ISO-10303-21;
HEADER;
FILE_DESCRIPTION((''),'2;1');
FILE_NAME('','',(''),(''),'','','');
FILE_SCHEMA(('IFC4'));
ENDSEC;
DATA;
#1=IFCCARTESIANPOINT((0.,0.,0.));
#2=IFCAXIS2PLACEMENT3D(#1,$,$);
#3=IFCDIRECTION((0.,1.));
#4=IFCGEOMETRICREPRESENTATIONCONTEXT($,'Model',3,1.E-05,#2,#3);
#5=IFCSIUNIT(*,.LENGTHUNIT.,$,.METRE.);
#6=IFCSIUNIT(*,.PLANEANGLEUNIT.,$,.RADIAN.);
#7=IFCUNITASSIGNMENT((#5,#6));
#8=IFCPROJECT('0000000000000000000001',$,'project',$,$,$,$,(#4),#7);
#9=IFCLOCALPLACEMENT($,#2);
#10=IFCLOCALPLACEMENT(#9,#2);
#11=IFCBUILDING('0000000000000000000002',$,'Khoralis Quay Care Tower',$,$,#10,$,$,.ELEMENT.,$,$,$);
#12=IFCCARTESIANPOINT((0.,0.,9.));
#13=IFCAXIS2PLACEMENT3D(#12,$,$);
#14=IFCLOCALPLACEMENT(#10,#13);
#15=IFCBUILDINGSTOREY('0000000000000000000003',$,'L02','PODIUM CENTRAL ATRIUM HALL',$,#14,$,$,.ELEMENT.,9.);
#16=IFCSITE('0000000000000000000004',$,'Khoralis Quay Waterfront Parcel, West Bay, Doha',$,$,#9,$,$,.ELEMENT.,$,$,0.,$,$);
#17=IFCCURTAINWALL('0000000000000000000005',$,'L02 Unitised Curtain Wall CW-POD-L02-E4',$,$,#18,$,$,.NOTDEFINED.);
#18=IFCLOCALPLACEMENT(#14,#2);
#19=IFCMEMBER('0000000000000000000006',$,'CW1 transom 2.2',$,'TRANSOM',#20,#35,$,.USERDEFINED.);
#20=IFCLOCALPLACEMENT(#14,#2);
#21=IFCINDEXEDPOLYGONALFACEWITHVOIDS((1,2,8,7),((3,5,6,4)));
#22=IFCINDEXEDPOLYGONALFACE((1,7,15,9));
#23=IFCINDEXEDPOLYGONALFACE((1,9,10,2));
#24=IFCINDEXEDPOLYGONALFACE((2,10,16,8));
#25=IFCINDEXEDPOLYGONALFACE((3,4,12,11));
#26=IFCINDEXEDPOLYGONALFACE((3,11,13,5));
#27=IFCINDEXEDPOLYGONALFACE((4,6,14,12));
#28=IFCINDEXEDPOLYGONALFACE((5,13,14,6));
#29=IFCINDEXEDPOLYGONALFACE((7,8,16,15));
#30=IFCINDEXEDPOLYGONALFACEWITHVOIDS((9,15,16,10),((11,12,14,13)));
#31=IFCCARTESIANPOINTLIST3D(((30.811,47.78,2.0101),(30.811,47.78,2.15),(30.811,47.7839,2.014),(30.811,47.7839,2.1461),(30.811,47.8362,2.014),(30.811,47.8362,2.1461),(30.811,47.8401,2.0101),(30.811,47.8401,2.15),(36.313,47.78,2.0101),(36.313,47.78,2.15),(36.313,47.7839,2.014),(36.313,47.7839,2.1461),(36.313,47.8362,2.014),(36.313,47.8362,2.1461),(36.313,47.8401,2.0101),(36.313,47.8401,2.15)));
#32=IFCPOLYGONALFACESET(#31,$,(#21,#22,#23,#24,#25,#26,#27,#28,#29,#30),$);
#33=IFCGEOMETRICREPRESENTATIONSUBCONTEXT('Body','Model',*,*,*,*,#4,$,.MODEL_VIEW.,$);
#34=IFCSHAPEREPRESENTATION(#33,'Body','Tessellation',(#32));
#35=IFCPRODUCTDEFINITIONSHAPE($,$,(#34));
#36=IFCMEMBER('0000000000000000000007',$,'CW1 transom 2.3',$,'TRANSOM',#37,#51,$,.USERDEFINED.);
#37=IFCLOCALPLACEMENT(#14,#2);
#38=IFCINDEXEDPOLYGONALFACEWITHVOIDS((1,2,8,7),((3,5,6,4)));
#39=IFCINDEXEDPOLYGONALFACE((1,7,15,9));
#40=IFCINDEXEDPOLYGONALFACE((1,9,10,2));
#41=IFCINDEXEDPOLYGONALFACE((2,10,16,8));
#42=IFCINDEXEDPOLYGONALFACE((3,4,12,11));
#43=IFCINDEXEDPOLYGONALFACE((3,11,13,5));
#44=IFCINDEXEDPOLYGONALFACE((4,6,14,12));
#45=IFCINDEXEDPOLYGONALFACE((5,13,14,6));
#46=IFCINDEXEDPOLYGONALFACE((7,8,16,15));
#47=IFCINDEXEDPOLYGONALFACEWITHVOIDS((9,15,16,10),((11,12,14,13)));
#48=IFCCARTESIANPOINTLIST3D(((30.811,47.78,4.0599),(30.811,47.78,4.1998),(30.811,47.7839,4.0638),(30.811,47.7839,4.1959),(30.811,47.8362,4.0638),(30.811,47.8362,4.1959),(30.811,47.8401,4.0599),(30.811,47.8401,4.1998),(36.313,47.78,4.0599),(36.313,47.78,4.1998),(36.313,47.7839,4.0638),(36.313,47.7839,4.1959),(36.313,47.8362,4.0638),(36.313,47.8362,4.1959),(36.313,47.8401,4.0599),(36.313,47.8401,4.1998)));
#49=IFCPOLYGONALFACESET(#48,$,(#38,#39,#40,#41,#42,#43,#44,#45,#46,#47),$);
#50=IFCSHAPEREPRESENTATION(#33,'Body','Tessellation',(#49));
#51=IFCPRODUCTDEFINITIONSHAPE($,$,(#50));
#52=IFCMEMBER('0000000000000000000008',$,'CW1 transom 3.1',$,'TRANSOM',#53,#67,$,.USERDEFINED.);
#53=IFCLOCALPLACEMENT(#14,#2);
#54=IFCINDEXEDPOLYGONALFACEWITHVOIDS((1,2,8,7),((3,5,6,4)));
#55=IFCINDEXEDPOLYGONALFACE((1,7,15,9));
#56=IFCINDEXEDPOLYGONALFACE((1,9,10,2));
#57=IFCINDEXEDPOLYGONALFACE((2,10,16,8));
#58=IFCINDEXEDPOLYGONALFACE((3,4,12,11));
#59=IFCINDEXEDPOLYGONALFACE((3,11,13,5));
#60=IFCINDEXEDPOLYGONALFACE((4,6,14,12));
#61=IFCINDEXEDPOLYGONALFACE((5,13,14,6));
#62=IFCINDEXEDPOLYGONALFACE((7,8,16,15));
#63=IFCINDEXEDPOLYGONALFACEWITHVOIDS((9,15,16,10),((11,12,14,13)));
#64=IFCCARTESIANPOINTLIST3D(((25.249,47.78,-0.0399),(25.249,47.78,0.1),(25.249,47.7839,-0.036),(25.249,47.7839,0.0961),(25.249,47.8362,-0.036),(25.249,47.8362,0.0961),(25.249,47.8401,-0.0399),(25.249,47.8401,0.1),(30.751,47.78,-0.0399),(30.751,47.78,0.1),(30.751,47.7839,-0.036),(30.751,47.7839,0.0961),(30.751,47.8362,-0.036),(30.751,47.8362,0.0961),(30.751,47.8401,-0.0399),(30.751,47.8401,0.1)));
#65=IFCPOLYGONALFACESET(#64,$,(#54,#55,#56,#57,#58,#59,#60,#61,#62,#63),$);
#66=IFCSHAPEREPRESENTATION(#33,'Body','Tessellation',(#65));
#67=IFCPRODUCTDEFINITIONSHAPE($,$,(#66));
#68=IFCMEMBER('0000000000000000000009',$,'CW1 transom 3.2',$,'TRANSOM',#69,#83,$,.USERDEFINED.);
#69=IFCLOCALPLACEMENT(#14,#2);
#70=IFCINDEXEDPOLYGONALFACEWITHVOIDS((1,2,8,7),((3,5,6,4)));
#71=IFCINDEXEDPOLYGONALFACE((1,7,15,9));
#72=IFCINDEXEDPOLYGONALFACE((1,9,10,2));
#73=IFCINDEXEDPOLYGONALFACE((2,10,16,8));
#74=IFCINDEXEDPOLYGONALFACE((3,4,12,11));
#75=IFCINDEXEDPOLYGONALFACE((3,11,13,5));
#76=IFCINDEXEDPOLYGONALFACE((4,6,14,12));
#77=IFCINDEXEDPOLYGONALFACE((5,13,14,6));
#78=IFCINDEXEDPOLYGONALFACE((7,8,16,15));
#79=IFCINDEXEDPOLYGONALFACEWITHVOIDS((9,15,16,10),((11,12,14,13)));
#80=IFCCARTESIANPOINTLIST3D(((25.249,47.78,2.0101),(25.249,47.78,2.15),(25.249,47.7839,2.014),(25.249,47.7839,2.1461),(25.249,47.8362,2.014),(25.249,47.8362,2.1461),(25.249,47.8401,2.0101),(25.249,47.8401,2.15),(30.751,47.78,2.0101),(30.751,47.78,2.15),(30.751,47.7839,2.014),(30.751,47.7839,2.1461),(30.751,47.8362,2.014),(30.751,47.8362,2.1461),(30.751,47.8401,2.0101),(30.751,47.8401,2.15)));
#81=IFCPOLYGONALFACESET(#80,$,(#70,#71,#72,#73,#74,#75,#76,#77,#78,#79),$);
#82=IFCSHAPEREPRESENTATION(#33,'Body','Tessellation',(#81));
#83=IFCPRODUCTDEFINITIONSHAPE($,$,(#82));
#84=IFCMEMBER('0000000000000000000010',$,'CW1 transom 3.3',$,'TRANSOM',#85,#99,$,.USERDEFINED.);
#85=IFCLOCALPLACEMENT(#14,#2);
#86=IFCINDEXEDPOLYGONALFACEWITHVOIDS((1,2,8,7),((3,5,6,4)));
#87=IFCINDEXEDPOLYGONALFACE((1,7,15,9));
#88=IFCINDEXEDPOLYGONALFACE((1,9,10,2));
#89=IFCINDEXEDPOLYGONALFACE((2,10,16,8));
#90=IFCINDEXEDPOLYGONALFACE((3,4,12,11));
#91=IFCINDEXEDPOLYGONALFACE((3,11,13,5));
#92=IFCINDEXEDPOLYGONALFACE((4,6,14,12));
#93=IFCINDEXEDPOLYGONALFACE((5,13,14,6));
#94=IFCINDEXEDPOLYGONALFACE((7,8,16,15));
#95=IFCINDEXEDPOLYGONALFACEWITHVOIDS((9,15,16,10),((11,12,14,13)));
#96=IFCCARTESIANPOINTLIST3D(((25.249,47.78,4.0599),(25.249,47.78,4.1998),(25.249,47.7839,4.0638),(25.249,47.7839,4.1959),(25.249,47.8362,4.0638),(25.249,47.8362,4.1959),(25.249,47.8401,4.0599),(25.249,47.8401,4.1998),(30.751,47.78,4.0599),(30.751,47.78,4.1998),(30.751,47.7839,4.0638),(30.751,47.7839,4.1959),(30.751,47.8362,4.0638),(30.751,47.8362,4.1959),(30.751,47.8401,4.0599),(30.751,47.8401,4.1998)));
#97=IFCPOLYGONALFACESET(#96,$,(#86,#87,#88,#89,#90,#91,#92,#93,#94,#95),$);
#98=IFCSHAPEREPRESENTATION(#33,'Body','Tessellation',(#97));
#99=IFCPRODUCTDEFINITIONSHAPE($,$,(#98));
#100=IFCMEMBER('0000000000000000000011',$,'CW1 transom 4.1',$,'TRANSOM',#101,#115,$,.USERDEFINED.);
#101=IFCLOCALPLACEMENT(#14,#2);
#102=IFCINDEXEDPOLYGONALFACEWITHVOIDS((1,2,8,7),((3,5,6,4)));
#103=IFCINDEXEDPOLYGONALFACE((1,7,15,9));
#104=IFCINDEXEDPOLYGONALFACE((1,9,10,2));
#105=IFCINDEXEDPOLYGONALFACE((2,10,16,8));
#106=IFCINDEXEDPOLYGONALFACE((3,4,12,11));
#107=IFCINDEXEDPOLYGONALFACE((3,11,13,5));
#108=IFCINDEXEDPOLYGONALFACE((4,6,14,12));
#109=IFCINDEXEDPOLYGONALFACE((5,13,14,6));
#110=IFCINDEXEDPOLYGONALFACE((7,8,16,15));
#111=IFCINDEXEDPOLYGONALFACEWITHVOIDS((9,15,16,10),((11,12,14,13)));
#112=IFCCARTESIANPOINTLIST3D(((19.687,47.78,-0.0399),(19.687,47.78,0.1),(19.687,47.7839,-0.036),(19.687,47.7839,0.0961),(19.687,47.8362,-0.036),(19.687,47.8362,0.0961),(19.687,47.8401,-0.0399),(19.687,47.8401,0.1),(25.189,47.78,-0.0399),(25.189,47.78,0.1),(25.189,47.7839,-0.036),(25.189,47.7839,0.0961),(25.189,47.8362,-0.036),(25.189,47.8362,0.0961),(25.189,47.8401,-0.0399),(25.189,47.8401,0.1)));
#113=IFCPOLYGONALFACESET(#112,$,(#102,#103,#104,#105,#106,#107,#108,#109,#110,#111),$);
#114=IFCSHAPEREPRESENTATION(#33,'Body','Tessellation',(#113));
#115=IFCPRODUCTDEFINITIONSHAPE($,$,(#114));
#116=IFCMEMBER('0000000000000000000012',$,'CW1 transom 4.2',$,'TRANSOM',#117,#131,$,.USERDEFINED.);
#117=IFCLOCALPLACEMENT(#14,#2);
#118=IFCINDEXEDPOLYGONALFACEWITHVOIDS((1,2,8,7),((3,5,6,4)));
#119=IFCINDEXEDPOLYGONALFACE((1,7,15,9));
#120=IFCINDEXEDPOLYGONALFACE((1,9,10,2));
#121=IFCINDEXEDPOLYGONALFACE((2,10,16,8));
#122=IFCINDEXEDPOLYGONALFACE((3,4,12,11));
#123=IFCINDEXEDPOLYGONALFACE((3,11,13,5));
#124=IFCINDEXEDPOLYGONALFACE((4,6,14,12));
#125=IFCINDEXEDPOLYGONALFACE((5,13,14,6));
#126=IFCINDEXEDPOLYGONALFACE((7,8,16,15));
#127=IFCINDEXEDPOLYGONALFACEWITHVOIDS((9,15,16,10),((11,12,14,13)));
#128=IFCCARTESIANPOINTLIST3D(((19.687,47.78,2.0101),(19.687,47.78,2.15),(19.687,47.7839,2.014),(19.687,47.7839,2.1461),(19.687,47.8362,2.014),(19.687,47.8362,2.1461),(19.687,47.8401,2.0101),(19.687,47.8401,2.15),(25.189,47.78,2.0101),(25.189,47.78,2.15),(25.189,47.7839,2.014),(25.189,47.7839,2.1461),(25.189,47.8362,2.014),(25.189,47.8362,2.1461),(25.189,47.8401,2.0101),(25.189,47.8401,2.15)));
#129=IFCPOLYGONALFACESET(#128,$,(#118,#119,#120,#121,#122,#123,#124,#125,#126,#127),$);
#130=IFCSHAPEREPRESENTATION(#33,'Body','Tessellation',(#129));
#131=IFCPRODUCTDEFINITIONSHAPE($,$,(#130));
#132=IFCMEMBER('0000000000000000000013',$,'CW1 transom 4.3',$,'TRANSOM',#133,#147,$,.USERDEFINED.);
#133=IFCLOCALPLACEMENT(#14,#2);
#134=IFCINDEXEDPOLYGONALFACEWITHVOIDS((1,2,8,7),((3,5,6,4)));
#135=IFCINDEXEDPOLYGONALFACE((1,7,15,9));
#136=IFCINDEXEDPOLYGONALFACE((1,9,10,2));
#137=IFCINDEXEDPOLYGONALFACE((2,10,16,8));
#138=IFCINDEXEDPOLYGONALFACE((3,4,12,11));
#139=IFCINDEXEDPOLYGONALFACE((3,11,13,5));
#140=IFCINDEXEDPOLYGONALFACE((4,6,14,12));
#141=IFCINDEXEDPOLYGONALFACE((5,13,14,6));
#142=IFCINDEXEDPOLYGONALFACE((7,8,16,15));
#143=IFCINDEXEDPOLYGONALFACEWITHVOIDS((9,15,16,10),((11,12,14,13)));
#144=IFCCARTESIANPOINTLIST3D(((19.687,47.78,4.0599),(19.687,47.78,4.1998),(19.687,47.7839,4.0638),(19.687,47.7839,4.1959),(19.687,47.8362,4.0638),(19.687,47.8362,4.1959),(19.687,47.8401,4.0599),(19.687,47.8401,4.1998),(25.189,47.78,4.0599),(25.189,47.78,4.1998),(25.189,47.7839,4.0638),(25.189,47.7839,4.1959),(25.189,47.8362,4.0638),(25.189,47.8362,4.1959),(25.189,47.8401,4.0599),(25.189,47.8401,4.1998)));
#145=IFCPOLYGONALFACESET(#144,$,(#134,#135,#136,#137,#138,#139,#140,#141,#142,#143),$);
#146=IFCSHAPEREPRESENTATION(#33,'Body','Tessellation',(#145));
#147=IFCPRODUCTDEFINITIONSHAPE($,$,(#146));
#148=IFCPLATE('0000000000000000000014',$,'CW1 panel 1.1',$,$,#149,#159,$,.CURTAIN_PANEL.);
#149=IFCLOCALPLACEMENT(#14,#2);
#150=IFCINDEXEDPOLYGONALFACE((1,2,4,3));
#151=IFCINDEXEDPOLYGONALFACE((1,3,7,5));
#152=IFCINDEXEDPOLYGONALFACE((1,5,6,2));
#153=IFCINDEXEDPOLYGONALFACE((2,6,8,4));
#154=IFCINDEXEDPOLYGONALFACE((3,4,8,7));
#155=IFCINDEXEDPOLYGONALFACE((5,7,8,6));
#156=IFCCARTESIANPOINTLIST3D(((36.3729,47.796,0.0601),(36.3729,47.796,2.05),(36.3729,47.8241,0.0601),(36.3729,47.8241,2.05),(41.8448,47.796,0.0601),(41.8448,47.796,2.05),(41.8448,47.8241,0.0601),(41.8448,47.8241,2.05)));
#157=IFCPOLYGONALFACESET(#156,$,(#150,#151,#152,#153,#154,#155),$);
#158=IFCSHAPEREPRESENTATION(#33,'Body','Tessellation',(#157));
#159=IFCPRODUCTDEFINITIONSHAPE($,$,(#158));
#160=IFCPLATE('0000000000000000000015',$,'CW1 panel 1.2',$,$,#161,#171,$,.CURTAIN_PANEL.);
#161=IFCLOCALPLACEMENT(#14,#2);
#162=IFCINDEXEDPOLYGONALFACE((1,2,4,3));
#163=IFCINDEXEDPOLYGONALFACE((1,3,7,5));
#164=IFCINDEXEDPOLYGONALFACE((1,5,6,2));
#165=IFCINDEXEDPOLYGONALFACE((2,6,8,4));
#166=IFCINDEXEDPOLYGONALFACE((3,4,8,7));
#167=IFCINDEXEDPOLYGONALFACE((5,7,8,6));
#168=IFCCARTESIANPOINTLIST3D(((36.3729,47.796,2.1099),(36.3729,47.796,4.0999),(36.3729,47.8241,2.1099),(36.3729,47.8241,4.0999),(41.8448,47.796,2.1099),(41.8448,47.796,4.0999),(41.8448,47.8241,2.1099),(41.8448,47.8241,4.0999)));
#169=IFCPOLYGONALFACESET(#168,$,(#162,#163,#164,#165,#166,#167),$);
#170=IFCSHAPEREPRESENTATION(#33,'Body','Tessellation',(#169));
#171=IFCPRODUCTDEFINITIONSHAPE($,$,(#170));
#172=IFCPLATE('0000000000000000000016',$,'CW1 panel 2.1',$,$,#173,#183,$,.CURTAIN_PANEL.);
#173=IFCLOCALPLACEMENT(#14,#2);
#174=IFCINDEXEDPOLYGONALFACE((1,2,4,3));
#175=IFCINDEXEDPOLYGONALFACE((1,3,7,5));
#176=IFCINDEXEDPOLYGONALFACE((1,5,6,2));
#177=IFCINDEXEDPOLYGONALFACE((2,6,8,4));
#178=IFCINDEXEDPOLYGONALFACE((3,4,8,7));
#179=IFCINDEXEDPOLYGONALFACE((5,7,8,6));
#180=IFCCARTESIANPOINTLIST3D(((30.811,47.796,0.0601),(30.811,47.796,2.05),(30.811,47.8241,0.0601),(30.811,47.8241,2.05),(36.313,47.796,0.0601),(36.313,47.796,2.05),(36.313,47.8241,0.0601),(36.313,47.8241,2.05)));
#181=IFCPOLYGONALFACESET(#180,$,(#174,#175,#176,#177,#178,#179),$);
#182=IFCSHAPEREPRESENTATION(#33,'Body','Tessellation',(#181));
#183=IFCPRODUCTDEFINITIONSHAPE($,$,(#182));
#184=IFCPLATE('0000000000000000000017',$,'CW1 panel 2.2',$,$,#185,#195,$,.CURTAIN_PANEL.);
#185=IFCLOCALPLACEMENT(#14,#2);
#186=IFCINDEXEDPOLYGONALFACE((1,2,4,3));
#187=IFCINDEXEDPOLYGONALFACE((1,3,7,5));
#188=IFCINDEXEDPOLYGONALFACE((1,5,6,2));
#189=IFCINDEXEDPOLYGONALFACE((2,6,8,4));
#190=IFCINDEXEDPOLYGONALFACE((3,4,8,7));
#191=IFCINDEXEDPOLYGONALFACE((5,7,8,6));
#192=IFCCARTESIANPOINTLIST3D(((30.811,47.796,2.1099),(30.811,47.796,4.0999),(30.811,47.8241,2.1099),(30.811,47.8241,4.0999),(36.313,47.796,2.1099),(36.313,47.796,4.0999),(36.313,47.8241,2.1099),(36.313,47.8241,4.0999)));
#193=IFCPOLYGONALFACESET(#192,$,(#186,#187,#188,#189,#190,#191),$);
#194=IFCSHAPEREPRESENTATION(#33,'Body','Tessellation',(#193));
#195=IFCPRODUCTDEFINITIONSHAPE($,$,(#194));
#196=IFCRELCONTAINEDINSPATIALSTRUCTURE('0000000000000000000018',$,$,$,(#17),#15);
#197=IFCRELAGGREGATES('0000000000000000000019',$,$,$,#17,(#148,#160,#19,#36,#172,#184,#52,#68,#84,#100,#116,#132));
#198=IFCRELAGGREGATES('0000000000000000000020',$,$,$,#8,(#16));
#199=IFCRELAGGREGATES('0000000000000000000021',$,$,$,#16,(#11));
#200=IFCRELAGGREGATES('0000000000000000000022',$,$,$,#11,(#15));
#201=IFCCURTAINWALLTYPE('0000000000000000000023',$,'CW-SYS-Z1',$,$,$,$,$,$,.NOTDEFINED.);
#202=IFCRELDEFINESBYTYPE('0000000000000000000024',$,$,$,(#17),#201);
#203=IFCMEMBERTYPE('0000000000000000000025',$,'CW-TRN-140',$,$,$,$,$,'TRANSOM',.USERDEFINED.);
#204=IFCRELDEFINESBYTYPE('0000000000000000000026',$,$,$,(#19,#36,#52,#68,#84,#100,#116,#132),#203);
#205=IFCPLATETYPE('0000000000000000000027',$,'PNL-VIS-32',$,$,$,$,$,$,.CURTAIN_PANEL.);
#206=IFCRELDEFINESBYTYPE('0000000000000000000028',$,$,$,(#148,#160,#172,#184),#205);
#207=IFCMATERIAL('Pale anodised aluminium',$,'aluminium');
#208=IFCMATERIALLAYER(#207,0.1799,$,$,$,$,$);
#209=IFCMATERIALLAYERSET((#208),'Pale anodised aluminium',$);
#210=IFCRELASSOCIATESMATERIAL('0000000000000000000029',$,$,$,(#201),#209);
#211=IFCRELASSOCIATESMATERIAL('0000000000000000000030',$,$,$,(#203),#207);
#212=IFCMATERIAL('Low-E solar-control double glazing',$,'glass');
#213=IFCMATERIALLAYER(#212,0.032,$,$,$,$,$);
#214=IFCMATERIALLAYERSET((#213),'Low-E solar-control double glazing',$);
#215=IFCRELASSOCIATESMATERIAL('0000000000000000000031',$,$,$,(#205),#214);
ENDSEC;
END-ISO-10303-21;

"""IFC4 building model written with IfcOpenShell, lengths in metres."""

from ifc_helpers import new_model, si_unit, direction, frame, origin, origin_2d, place, context, subcontext, project, spatial, rectangle, hollow_rectangle, extrude, source, transform, mapped, material, layer, layer_set, material_profile, profile_set, type_object, element, aggregate, save


model = new_model("IFC4")

# Units and contexts
model_context = context("Model", 3, precision=1e-05, world=origin(), true_north=direction((0.0, 1.0)))
body_context = subcontext(model_context, "Body", "Model", "MODEL_VIEW")
ifc_project = project(units=[si_unit("LENGTHUNIT", "METRE"), si_unit("PLANEANGLEUNIT", "RADIAN")], contexts=[model_context])

# Site, building, storey
site_placement = place(None, origin())
site = spatial("IfcSite", under=ifc_project, at=site_placement, Name="Khoralis Quay Waterfront Parcel, West Bay, Doha", CompositionType="ELEMENT", RefElevation=0.0)
building_placement = place(site_placement, origin())
building = spatial("IfcBuilding", under=site, at=building_placement, Name="Khoralis Quay Care Tower", CompositionType="ELEMENT")
storey_placement = place(building_placement, frame((0.0, 0.0, 9.0)))
storey = spatial("IfcBuildingStorey", under=building, at=storey_placement, Name="L02", Description="PODIUM CENTRAL ATRIUM HALL", CompositionType="ELEMENT", Elevation=9.0)

# Curtain wall, members, plates
ifc_material_1 = material(Name="Pale anodised aluminium", Category="aluminium")
ifc_layer_1 = layer(ifc_material_1, 0.1799)
ifc_layer_set_1 = layer_set([ifc_layer_1], Name="Pale anodised aluminium")
curtain_wall_type = type_object("IfcCurtainWallType", Name="CW-SYS-Z1", PredefinedType="NOTDEFINED", material=ifc_layer_set_1)
curtain_wall_placement = place(storey_placement, origin())
curtain_wall = element("IfcCurtainWall", 1, at=curtain_wall_placement, inside=storey, type_object=curtain_wall_type, Name="L02 Unitised Curtain Wall CW-POD-L02-E4", PredefinedType="NOTDEFINED")
ifc_material_profile_1 = material_profile(ifc_material_1, hollow_rectangle(XDim=0.0601, YDim=0.1399, WallThickness=0.0039, at=origin_2d()), Name="Pale anodised aluminium")
ifc_profile_set_1 = profile_set([ifc_material_profile_1], Name="Pale anodised aluminium")
member_type_1 = type_object("IfcMemberType", Name="CW-TRN-140", ElementType="TRANSOM", PredefinedType="USERDEFINED", material=ifc_profile_set_1)
shared_shape_1 = source(origin(), body_context, "Body", "SweptSolid", [
    extrude(hollow_rectangle(XDim=0.0601, YDim=0.1399, WallThickness=0.0039, at=origin_2d()), origin(), (0.0, 0.0, 1.0), 5.502),
])
member_1_placement = place(storey_placement, frame((36.313, 47.8101, 2.0801), z_axis=(-1.0, 0.0, 0.0), x_axis=(0.0, -1.0, 0.0)))
member_1 = element("IfcMember", 2, at=member_1_placement, type_object=member_type_1, Name="CW1 transom 2.2", ObjectType="TRANSOM", PredefinedType="USERDEFINED", context=body_context, shape_type="MappedRepresentation", body=[
    mapped(shared_shape_1, transform((0.0, 0.0, 0.0), scale=1.0)),
])
member_2_placement = place(storey_placement, frame((36.313, 47.8101, 4.1299), z_axis=(-1.0, 0.0, 0.0), x_axis=(0.0, -1.0, 0.0)))
member_2 = element("IfcMember", 3, at=member_2_placement, type_object=member_type_1, Name="CW1 transom 2.3", ObjectType="TRANSOM", PredefinedType="USERDEFINED", context=body_context, shape_type="MappedRepresentation", body=[
    mapped(shared_shape_1, transform((0.0, 0.0, 0.0), scale=1.0)),
])
member_3_placement = place(storey_placement, frame((30.751, 47.8101, 0.03), z_axis=(-1.0, 0.0, 0.0), x_axis=(0.0, -1.0, 0.0)))
member_3 = element("IfcMember", 4, at=member_3_placement, type_object=member_type_1, Name="CW1 transom 3.1", ObjectType="TRANSOM", PredefinedType="USERDEFINED", context=body_context, shape_type="MappedRepresentation", body=[
    mapped(shared_shape_1, transform((0.0, 0.0, 0.0), scale=1.0)),
])
member_4_placement = place(storey_placement, frame((30.751, 47.8101, 2.0801), z_axis=(-1.0, 0.0, 0.0), x_axis=(0.0, -1.0, 0.0)))
member_4 = element("IfcMember", 5, at=member_4_placement, type_object=member_type_1, Name="CW1 transom 3.2", ObjectType="TRANSOM", PredefinedType="USERDEFINED", context=body_context, shape_type="MappedRepresentation", body=[
    mapped(shared_shape_1, transform((0.0, 0.0, 0.0), scale=1.0)),
])
member_5_placement = place(storey_placement, frame((30.751, 47.8101, 4.1299), z_axis=(-1.0, 0.0, 0.0), x_axis=(0.0, -1.0, 0.0)))
member_5 = element("IfcMember", 6, at=member_5_placement, type_object=member_type_1, Name="CW1 transom 3.3", ObjectType="TRANSOM", PredefinedType="USERDEFINED", context=body_context, shape_type="MappedRepresentation", body=[
    mapped(shared_shape_1, transform((0.0, 0.0, 0.0), scale=1.0)),
])
member_6_placement = place(storey_placement, frame((25.189, 47.8101, 0.03), z_axis=(-1.0, 0.0, 0.0), x_axis=(0.0, -1.0, 0.0)))
member_6 = element("IfcMember", 7, at=member_6_placement, type_object=member_type_1, Name="CW1 transom 4.1", ObjectType="TRANSOM", PredefinedType="USERDEFINED", context=body_context, shape_type="MappedRepresentation", body=[
    mapped(shared_shape_1, transform((0.0, 0.0, 0.0), scale=1.0)),
])
member_7_placement = place(storey_placement, frame((25.189, 47.8101, 2.0801), z_axis=(-1.0, 0.0, 0.0), x_axis=(0.0, -1.0, 0.0)))
member_7 = element("IfcMember", 8, at=member_7_placement, type_object=member_type_1, Name="CW1 transom 4.2", ObjectType="TRANSOM", PredefinedType="USERDEFINED", context=body_context, shape_type="MappedRepresentation", body=[
    mapped(shared_shape_1, transform((0.0, 0.0, 0.0), scale=1.0)),
])
member_8_placement = place(storey_placement, frame((25.189, 47.8101, 4.1299), z_axis=(-1.0, 0.0, 0.0), x_axis=(0.0, -1.0, 0.0)))
member_8 = element("IfcMember", 9, at=member_8_placement, type_object=member_type_1, Name="CW1 transom 4.3", ObjectType="TRANSOM", PredefinedType="USERDEFINED", context=body_context, shape_type="MappedRepresentation", body=[
    mapped(shared_shape_1, transform((0.0, 0.0, 0.0), scale=1.0)),
])
ifc_material_2 = material(Name="Low-E solar-control double glazing", Category="glass")
ifc_layer_2 = layer(ifc_material_2, 0.032)
ifc_layer_set_2 = layer_set([ifc_layer_2], Name="Low-E solar-control double glazing")
plate_type = type_object("IfcPlateType", Name="PNL-VIS-32", PredefinedType="CURTAIN_PANEL", material=ifc_layer_set_2)
shared_shape_2 = source(origin(), body_context, "Body", "SweptSolid", [
    extrude(rectangle(XDim=5.4719, YDim=0.0281, at=origin_2d()), origin(), (0.0, 0.0, 1.0), 1.99),
])
plate_1_placement = place(storey_placement, frame((39.1089, 47.8101, 0.0601), z_axis=(0.0, 0.0, 1.0), x_axis=(-1.0, 0.0, 0.0)))
plate_1 = element("IfcPlate", 10, at=plate_1_placement, type_object=plate_type, Name="CW1 panel 1.1", PredefinedType="CURTAIN_PANEL", context=body_context, shape_type="MappedRepresentation", body=[
    mapped(shared_shape_2, transform((0.0, 0.0, 0.0), scale=1.0)),
])
plate_2_placement = place(storey_placement, frame((39.1089, 47.8101, 2.1099), z_axis=(0.0, 0.0, 1.0), x_axis=(-1.0, 0.0, 0.0)))
plate_2 = element("IfcPlate", 11, at=plate_2_placement, type_object=plate_type, Name="CW1 panel 1.2", PredefinedType="CURTAIN_PANEL", context=body_context, shape_type="MappedRepresentation", body=[
    mapped(shared_shape_2, transform((0.0, 0.0, 0.0), scale=1.0)),
])
shared_shape_3 = source(origin(), body_context, "Body", "SweptSolid", [
    extrude(rectangle(XDim=5.502, YDim=0.0281, at=origin_2d()), origin(), (0.0, 0.0, 1.0), 1.99),
])
plate_3_placement = place(storey_placement, frame((33.562, 47.8101, 0.0601), z_axis=(0.0, 0.0, 1.0), x_axis=(-1.0, 0.0, 0.0)))
plate_3 = element("IfcPlate", 12, at=plate_3_placement, type_object=plate_type, Name="CW1 panel 2.1", PredefinedType="CURTAIN_PANEL", context=body_context, shape_type="MappedRepresentation", body=[
    mapped(shared_shape_3, transform((0.0, 0.0, 0.0), scale=1.0)),
])
plate_4_placement = place(storey_placement, frame((33.562, 47.8101, 2.1099), z_axis=(0.0, 0.0, 1.0), x_axis=(-1.0, 0.0, 0.0)))
plate_4 = element("IfcPlate", 13, at=plate_4_placement, type_object=plate_type, Name="CW1 panel 2.2", PredefinedType="CURTAIN_PANEL", context=body_context, shape_type="MappedRepresentation", body=[
    mapped(shared_shape_3, transform((0.0, 0.0, 0.0), scale=1.0)),
])
aggregate(curtain_wall, [plate_1, plate_2, member_1, member_2, plate_3, plate_4, member_3, member_4, member_5, member_6, member_7, member_8])

save(model, "model.ifc")
